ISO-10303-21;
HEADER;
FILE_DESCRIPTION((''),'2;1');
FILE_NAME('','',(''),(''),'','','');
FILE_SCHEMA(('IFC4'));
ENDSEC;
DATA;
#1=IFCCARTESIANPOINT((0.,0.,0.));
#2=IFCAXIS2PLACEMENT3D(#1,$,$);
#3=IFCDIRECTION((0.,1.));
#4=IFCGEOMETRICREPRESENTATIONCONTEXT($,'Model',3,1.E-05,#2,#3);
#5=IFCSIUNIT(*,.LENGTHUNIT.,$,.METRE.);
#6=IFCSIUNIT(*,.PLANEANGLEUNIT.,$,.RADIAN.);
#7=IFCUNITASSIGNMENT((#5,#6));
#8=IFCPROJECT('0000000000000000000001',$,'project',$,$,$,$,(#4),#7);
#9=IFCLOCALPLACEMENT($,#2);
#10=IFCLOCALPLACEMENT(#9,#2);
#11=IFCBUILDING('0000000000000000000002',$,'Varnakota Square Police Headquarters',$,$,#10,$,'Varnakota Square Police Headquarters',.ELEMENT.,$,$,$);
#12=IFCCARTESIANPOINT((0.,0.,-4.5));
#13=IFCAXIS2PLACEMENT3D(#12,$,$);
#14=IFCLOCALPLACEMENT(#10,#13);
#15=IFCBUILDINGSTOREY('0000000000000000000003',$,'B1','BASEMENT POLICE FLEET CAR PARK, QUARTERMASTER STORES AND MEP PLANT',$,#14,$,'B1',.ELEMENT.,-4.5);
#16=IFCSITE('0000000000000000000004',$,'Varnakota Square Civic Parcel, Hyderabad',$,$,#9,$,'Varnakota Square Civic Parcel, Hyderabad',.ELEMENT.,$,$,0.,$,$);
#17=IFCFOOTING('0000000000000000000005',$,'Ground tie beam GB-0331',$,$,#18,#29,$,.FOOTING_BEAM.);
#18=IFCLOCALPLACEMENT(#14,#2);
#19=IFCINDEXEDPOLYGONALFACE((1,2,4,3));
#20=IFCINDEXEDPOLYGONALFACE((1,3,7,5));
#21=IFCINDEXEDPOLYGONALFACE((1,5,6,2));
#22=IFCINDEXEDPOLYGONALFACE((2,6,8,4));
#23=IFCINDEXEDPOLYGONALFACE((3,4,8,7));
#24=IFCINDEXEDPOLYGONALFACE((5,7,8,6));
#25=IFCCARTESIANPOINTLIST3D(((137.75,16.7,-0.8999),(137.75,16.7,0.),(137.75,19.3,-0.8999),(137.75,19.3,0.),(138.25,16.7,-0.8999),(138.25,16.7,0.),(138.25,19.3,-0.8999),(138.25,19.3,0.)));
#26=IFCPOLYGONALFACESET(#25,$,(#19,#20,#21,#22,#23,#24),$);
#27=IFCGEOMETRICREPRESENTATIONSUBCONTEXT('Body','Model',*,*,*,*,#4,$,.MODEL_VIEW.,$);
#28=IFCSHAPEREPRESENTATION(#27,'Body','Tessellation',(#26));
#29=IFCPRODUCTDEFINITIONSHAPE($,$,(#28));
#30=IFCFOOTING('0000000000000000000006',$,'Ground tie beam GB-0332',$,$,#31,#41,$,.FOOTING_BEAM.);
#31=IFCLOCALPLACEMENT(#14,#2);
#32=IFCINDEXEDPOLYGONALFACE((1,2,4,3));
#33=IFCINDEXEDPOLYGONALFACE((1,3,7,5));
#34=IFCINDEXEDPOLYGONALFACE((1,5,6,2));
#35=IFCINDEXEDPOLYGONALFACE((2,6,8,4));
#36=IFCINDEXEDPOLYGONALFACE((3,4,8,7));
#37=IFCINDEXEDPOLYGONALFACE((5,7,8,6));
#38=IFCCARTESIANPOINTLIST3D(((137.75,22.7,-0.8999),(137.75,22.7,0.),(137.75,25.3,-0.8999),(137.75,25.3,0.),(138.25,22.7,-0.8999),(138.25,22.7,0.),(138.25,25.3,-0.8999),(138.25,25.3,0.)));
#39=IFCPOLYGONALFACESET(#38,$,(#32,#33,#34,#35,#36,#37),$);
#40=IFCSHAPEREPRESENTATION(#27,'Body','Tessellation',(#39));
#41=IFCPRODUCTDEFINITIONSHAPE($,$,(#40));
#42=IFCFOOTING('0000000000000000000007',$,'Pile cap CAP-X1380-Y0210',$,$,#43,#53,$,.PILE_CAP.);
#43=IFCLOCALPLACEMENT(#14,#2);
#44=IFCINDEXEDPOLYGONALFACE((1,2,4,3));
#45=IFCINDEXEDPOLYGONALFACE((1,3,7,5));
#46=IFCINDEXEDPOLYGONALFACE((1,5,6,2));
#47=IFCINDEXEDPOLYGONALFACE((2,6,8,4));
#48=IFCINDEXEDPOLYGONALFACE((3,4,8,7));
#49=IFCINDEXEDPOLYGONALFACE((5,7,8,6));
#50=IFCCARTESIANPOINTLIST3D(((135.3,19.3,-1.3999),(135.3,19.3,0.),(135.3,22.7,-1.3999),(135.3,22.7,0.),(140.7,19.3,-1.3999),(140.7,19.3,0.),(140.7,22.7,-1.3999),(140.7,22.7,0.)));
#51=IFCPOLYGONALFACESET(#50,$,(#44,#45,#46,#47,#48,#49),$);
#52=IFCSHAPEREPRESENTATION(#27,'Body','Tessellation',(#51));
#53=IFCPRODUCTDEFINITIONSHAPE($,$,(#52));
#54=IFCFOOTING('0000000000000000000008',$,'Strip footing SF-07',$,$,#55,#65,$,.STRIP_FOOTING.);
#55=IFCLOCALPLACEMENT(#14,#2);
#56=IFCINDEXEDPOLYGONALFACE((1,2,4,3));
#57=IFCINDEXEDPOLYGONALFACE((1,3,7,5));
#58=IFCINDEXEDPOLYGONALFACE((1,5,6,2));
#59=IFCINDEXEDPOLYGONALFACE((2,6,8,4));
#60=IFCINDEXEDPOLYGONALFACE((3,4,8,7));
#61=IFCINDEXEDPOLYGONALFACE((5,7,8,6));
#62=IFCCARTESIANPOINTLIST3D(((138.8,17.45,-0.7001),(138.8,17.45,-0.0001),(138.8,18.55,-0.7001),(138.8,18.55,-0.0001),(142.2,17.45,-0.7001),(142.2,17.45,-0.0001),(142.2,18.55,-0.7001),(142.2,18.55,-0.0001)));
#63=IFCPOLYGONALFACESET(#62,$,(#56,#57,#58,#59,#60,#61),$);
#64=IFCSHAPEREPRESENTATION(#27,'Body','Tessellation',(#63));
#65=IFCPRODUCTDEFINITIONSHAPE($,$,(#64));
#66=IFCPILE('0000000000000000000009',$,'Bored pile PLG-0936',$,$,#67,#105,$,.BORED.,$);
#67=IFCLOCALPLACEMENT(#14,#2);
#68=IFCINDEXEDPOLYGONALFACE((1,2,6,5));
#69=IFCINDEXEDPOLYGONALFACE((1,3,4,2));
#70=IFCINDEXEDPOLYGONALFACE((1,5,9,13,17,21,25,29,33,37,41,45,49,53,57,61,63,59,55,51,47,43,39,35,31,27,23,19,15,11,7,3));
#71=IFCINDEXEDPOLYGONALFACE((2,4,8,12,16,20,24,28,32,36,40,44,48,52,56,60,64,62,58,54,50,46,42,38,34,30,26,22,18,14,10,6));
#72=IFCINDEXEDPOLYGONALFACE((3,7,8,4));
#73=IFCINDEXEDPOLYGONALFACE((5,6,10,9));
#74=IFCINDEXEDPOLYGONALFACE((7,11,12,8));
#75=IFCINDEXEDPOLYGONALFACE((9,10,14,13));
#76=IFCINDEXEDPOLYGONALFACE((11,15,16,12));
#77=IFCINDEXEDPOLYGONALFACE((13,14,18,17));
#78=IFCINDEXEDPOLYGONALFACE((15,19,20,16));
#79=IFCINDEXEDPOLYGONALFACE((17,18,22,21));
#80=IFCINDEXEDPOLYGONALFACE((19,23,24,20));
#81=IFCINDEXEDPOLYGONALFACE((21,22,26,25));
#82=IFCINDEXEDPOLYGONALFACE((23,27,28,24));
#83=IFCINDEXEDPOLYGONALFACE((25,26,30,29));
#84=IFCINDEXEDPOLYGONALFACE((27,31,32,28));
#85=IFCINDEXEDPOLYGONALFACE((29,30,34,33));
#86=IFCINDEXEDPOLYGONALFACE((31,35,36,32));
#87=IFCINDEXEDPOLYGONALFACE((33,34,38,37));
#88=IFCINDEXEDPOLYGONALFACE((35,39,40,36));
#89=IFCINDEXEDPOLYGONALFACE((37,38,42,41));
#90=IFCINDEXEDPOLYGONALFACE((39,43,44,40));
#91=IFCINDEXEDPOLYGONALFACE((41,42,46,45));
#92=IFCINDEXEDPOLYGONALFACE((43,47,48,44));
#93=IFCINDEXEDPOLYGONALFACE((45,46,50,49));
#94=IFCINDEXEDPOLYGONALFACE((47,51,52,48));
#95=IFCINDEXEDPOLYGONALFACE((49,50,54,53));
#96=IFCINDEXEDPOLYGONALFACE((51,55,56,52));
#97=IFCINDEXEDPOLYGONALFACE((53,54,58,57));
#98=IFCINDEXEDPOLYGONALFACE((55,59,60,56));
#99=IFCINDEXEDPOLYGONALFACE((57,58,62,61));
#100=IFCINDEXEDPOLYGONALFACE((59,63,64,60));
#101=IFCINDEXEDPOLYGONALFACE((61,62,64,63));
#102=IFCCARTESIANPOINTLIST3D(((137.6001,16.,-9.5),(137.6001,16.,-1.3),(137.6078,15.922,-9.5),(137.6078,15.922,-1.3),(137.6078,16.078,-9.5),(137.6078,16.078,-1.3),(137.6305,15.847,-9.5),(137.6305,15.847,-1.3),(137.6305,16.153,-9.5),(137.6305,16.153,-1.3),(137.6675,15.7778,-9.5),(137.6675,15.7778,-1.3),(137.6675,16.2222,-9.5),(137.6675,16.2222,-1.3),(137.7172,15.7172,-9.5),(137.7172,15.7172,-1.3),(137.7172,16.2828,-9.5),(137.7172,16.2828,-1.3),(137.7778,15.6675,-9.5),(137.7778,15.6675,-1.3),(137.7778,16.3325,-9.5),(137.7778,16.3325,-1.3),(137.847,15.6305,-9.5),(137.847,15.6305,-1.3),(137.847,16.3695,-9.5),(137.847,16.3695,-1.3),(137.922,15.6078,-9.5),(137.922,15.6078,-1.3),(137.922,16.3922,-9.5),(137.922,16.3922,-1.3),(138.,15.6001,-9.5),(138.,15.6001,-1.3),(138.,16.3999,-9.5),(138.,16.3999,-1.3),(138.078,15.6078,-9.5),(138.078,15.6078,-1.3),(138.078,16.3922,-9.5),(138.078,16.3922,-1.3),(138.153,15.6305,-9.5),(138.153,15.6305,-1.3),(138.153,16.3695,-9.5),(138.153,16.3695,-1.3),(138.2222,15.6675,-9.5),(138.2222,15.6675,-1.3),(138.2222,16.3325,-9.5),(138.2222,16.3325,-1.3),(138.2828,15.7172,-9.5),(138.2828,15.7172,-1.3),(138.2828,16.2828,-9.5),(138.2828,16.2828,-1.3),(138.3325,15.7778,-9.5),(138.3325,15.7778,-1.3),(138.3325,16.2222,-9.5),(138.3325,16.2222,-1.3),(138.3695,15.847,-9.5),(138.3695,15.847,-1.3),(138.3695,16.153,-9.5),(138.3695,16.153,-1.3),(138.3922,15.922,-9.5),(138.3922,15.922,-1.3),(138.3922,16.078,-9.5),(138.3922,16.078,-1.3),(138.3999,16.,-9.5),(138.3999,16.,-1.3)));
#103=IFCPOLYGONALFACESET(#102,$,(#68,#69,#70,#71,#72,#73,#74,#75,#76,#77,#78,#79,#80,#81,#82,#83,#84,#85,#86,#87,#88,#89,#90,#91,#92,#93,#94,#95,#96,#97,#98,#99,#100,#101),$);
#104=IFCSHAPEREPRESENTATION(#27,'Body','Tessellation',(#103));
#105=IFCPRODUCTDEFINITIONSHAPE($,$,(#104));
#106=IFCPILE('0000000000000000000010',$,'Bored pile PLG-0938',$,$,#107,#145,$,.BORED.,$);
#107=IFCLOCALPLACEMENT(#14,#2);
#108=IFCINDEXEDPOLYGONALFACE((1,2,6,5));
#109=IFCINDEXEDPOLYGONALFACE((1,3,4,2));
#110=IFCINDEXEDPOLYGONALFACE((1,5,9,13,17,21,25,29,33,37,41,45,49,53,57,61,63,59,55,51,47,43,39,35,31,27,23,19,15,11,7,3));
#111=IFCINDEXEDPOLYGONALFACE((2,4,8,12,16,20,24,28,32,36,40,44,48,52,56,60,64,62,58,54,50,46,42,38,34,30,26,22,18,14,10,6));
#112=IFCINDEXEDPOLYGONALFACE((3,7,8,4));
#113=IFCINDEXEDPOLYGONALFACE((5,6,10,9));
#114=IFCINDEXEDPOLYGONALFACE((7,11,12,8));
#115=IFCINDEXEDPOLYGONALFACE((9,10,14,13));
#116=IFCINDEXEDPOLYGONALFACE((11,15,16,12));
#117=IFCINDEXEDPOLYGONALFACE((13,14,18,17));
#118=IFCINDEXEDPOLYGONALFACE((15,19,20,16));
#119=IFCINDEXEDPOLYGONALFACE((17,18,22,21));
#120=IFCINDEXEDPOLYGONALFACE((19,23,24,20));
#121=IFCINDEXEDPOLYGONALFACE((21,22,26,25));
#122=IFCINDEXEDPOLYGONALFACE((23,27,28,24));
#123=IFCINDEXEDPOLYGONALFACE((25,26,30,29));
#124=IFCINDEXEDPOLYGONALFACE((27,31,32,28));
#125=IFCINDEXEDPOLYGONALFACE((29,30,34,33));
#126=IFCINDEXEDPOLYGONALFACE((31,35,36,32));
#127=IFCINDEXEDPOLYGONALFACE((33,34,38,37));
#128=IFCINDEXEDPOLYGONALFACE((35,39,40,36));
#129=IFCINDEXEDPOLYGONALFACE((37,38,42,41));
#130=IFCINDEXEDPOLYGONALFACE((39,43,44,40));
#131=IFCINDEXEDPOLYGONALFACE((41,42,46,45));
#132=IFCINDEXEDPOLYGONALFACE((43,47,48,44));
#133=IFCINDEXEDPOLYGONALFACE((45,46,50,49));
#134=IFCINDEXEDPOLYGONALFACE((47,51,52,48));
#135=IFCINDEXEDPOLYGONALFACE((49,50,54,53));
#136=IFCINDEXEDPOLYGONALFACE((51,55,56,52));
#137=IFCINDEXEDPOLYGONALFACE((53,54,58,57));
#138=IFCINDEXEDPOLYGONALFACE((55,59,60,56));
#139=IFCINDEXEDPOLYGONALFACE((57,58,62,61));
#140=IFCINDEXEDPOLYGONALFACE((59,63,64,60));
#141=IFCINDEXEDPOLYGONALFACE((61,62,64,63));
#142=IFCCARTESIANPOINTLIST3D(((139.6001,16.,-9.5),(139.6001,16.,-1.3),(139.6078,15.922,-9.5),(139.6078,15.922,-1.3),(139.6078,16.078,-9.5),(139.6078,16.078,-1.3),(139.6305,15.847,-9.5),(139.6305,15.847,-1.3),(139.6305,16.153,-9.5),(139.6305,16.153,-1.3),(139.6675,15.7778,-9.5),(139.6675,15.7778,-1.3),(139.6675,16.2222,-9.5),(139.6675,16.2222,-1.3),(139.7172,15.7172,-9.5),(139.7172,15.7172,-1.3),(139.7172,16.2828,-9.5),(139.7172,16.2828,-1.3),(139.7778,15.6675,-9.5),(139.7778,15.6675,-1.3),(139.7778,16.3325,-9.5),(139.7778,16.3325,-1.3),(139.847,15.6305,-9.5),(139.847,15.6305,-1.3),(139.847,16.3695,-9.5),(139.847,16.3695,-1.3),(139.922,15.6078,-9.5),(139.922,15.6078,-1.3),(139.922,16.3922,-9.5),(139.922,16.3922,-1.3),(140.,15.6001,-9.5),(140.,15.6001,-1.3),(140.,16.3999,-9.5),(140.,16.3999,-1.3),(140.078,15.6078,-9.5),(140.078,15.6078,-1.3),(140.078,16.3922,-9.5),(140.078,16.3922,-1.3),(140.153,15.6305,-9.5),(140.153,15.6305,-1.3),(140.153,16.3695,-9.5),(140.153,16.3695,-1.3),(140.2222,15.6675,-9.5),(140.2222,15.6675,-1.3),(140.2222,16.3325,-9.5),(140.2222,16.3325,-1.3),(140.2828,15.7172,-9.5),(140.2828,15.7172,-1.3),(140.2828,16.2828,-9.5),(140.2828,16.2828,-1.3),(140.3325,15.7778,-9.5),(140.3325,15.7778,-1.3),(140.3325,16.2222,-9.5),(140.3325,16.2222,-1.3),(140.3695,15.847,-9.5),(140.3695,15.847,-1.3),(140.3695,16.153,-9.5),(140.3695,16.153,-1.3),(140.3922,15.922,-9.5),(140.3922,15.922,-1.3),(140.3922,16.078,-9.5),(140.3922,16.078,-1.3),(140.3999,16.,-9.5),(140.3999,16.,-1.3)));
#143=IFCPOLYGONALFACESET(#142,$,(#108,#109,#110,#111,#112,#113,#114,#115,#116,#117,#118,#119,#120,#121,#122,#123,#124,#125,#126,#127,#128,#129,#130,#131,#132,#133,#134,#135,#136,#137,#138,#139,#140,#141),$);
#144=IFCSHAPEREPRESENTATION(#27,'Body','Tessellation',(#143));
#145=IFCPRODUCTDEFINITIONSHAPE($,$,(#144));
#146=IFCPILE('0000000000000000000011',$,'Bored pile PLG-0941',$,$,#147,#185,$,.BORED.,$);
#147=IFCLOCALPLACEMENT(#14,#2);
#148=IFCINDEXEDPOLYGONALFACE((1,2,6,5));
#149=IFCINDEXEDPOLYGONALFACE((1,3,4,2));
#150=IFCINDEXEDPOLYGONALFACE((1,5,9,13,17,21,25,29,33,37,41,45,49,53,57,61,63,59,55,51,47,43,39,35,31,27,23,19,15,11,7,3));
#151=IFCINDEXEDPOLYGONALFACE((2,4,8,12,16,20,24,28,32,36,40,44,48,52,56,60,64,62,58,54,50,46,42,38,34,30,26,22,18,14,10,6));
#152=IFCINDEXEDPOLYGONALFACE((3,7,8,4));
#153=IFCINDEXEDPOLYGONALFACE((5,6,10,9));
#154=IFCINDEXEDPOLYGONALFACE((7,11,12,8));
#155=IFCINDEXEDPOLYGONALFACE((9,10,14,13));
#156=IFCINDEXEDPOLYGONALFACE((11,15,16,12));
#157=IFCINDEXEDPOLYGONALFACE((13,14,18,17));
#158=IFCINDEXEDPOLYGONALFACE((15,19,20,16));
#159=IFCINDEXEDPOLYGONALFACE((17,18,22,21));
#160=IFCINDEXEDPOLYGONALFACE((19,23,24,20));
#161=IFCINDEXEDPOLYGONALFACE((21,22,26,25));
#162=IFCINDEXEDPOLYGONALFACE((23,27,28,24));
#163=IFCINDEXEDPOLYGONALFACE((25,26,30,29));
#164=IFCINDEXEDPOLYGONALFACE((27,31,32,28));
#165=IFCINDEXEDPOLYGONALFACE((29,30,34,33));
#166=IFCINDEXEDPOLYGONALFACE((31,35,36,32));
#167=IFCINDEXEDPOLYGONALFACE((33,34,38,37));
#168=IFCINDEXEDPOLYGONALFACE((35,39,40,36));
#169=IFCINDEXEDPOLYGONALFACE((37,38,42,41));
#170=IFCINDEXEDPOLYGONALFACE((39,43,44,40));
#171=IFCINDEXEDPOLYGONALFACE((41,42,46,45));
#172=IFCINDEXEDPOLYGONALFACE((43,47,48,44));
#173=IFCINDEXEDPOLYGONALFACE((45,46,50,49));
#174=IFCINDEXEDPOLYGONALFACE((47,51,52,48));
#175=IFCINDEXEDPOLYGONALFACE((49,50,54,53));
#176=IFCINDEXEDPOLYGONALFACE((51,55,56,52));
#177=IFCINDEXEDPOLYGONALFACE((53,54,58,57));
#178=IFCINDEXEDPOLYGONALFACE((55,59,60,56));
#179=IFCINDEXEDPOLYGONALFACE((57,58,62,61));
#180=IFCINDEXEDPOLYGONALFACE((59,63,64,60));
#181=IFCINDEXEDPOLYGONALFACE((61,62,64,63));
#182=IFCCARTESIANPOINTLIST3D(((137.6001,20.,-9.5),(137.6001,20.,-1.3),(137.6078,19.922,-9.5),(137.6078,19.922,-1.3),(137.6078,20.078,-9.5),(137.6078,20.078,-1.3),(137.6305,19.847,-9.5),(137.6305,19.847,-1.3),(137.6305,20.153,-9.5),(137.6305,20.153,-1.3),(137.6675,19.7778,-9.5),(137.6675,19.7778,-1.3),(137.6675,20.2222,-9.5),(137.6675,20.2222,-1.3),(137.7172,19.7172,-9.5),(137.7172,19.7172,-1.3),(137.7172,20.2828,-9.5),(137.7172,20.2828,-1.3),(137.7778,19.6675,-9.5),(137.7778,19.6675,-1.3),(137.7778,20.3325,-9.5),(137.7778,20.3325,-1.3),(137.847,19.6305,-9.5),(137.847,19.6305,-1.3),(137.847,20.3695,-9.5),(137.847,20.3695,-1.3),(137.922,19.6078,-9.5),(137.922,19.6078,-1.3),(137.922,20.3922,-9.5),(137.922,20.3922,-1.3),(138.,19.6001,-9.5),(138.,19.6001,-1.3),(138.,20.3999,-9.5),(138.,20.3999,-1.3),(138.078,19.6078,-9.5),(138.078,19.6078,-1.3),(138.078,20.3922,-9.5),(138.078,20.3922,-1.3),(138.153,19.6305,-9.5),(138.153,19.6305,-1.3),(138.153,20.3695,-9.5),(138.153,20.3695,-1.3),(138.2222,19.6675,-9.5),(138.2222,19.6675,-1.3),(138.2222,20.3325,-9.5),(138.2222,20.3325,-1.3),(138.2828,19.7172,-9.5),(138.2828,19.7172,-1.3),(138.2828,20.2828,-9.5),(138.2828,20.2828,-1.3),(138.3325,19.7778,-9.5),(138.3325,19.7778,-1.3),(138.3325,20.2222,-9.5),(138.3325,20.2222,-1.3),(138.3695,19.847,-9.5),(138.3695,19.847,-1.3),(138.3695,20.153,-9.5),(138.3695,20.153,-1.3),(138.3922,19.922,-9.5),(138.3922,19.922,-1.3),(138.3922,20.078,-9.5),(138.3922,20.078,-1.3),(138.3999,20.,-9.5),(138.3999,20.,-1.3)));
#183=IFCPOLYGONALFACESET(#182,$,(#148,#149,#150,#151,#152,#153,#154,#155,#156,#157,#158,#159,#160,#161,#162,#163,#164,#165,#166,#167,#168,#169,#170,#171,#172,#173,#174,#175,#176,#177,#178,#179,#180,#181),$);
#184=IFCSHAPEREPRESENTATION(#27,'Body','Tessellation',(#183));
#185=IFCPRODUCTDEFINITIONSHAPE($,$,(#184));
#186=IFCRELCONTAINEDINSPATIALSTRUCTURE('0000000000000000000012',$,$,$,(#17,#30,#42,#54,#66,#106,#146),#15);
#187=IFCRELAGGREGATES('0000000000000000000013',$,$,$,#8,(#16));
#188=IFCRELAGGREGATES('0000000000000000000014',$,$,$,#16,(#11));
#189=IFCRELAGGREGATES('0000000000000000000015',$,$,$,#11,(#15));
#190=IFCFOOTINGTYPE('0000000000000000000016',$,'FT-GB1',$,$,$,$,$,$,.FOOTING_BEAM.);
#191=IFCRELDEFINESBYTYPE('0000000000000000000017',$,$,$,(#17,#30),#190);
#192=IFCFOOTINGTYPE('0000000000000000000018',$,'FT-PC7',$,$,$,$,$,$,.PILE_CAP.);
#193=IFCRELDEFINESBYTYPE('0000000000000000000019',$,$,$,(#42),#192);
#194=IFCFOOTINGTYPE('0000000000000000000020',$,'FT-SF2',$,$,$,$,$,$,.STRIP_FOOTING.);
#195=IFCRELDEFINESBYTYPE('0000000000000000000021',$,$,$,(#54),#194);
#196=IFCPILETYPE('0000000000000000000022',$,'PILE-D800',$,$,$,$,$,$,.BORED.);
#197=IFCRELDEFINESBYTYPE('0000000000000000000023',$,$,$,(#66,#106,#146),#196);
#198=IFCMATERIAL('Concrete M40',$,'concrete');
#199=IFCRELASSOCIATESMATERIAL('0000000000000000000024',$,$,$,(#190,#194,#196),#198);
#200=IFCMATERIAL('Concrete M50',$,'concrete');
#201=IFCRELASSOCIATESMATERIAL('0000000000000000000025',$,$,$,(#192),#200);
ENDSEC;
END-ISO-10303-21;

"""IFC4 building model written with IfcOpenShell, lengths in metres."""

from ifc_helpers import new_model, si_unit, direction, frame, origin, origin_2d, place, context, subcontext, project, spatial, rectangle, circle, extrude, material, material_profile, profile_set, type_object, element, save


model = new_model("IFC4")

# Units and contexts
model_context = context("Model", 3, precision=1e-05, world=origin(), true_north=direction((0.0, 1.0)))
body_context = subcontext(model_context, "Body", "Model", "MODEL_VIEW")
ifc_project = project(units=[si_unit("LENGTHUNIT", "METRE"), si_unit("PLANEANGLEUNIT", "RADIAN")], contexts=[model_context])

# Site, building, storey
site_placement = place(None, origin())
site = spatial("IfcSite", under=ifc_project, at=site_placement, Name="Varnakota Square Civic Parcel, Hyderabad", LongName="Varnakota Square Civic Parcel, Hyderabad", CompositionType="ELEMENT", RefElevation=0.0)
building_placement = place(site_placement, origin())
building = spatial("IfcBuilding", under=site, at=building_placement, Name="Varnakota Square Police Headquarters", LongName="Varnakota Square Police Headquarters", CompositionType="ELEMENT")
storey_placement = place(building_placement, frame((0.0, 0.0, -4.5)))
storey = spatial("IfcBuildingStorey", under=building, at=storey_placement, Name="B1", Description="BASEMENT POLICE FLEET CAR PARK, QUARTERMASTER STORES AND MEP PLANT", LongName="B1", CompositionType="ELEMENT", Elevation=-4.5)

# Footings
ifc_material_1 = material(Name="Concrete M40", Category="concrete")
ifc_material_profile_1 = material_profile(ifc_material_1, rectangle(XDim=0.5, YDim=0.8999, at=origin_2d()), Name="GB 500x900")
ifc_profile_set_1 = profile_set([ifc_material_profile_1], Name="Concrete M40")
footing_type_1 = type_object("IfcFootingType", Name="FT-GB1", PredefinedType="FOOTING_BEAM", material=ifc_profile_set_1)
for number, where, z_axis, x_axis, name in (
    (1, (138.0, 16.7, -0.45), (0.0, 1.0, 0.0), (-1.0, 0.0, 0.0), "Ground tie beam GB-0331"),
    (2, (138.0, 22.7, -0.45), (0.0, 1.0, 0.0), (-1.0, 0.0, 0.0), "Ground tie beam GB-0332"),
):
    element("IfcFooting", number, at=place(storey_placement, frame(where, z_axis=z_axis, x_axis=x_axis)), inside=storey, type_object=footing_type_1, Name=name, PredefinedType="FOOTING_BEAM", context=body_context, shape_type="SweptSolid", body=[
        extrude(rectangle(XDim=0.5, YDim=0.8999, at=origin_2d()), origin(), (0.0, 0.0, 1.0), 2.6001),
    ])
ifc_material_2 = material(Name="Concrete M50", Category="concrete")
footing_type_2 = type_object("IfcFootingType", Name="FT-PC7", PredefinedType="PILE_CAP", material=ifc_material_2)
footing_1_placement = place(storey_placement, frame((138.0, 21.0, -1.3999), z_axis=(0.0, 0.0, 1.0), x_axis=(1.0, 0.0, 0.0)))
element("IfcFooting", 3, at=footing_1_placement, inside=storey, type_object=footing_type_2, Name="Pile cap CAP-X1380-Y0210", PredefinedType="PILE_CAP", context=body_context, shape_type="SweptSolid", body=[
    extrude(rectangle(XDim=5.3999, YDim=3.3999, at=origin_2d()), origin(), (0.0, 0.0, 1.0), 1.3999),
])
ifc_material_profile_2 = material_profile(ifc_material_1, rectangle(XDim=1.1001, YDim=0.7, at=origin_2d()), Name="SF 1100x700")
ifc_profile_set_2 = profile_set([ifc_material_profile_2], Name="Concrete M40")
footing_type_3 = type_object("IfcFootingType", Name="FT-SF2", PredefinedType="STRIP_FOOTING", material=ifc_profile_set_2)
footing_2_placement = place(storey_placement, frame((138.8, 18.0, -0.3501), z_axis=(1.0, 0.0, 0.0), x_axis=(0.0, 1.0, 0.0)))
element("IfcFooting", 4, at=footing_2_placement, inside=storey, type_object=footing_type_3, Name="Strip footing SF-07", PredefinedType="STRIP_FOOTING", context=body_context, shape_type="SweptSolid", body=[
    extrude(rectangle(XDim=1.1001, YDim=0.7, at=origin_2d()), origin(), (0.0, 0.0, 1.0), 3.3999),
])

# Piles
ifc_material_profile_3 = material_profile(ifc_material_1, circle(Radius=0.3999, at=origin_2d()), Name="BORED PILE 800")
ifc_profile_set_3 = profile_set([ifc_material_profile_3], Name="Concrete M40")
pile_type = type_object("IfcPileType", Name="PILE-D800", PredefinedType="BORED", material=ifc_profile_set_3)
for number, where, z_axis, x_axis, name in (
    (5, (138.0, 16.0, -1.3), (0.0, 0.0, -1.0), (1.0, 0.0, 0.0), "Bored pile PLG-0936"),
    (6, (140.0, 16.0, -1.3), (0.0, 0.0, -1.0), (1.0, 0.0, 0.0), "Bored pile PLG-0938"),
    (7, (138.0, 20.0, -1.3), (0.0, 0.0, -1.0), (1.0, 0.0, 0.0), "Bored pile PLG-0941"),
):
    element("IfcPile", number, at=place(storey_placement, frame(where, z_axis=z_axis, x_axis=x_axis)), inside=storey, type_object=pile_type, Name=name, PredefinedType="BORED", context=body_context, shape_type="SweptSolid", body=[
        extrude(circle(Radius=0.3999, at=origin_2d()), origin(), (0.0, 0.0, 1.0), 8.2),
    ])

save(model, "model.ifc")
